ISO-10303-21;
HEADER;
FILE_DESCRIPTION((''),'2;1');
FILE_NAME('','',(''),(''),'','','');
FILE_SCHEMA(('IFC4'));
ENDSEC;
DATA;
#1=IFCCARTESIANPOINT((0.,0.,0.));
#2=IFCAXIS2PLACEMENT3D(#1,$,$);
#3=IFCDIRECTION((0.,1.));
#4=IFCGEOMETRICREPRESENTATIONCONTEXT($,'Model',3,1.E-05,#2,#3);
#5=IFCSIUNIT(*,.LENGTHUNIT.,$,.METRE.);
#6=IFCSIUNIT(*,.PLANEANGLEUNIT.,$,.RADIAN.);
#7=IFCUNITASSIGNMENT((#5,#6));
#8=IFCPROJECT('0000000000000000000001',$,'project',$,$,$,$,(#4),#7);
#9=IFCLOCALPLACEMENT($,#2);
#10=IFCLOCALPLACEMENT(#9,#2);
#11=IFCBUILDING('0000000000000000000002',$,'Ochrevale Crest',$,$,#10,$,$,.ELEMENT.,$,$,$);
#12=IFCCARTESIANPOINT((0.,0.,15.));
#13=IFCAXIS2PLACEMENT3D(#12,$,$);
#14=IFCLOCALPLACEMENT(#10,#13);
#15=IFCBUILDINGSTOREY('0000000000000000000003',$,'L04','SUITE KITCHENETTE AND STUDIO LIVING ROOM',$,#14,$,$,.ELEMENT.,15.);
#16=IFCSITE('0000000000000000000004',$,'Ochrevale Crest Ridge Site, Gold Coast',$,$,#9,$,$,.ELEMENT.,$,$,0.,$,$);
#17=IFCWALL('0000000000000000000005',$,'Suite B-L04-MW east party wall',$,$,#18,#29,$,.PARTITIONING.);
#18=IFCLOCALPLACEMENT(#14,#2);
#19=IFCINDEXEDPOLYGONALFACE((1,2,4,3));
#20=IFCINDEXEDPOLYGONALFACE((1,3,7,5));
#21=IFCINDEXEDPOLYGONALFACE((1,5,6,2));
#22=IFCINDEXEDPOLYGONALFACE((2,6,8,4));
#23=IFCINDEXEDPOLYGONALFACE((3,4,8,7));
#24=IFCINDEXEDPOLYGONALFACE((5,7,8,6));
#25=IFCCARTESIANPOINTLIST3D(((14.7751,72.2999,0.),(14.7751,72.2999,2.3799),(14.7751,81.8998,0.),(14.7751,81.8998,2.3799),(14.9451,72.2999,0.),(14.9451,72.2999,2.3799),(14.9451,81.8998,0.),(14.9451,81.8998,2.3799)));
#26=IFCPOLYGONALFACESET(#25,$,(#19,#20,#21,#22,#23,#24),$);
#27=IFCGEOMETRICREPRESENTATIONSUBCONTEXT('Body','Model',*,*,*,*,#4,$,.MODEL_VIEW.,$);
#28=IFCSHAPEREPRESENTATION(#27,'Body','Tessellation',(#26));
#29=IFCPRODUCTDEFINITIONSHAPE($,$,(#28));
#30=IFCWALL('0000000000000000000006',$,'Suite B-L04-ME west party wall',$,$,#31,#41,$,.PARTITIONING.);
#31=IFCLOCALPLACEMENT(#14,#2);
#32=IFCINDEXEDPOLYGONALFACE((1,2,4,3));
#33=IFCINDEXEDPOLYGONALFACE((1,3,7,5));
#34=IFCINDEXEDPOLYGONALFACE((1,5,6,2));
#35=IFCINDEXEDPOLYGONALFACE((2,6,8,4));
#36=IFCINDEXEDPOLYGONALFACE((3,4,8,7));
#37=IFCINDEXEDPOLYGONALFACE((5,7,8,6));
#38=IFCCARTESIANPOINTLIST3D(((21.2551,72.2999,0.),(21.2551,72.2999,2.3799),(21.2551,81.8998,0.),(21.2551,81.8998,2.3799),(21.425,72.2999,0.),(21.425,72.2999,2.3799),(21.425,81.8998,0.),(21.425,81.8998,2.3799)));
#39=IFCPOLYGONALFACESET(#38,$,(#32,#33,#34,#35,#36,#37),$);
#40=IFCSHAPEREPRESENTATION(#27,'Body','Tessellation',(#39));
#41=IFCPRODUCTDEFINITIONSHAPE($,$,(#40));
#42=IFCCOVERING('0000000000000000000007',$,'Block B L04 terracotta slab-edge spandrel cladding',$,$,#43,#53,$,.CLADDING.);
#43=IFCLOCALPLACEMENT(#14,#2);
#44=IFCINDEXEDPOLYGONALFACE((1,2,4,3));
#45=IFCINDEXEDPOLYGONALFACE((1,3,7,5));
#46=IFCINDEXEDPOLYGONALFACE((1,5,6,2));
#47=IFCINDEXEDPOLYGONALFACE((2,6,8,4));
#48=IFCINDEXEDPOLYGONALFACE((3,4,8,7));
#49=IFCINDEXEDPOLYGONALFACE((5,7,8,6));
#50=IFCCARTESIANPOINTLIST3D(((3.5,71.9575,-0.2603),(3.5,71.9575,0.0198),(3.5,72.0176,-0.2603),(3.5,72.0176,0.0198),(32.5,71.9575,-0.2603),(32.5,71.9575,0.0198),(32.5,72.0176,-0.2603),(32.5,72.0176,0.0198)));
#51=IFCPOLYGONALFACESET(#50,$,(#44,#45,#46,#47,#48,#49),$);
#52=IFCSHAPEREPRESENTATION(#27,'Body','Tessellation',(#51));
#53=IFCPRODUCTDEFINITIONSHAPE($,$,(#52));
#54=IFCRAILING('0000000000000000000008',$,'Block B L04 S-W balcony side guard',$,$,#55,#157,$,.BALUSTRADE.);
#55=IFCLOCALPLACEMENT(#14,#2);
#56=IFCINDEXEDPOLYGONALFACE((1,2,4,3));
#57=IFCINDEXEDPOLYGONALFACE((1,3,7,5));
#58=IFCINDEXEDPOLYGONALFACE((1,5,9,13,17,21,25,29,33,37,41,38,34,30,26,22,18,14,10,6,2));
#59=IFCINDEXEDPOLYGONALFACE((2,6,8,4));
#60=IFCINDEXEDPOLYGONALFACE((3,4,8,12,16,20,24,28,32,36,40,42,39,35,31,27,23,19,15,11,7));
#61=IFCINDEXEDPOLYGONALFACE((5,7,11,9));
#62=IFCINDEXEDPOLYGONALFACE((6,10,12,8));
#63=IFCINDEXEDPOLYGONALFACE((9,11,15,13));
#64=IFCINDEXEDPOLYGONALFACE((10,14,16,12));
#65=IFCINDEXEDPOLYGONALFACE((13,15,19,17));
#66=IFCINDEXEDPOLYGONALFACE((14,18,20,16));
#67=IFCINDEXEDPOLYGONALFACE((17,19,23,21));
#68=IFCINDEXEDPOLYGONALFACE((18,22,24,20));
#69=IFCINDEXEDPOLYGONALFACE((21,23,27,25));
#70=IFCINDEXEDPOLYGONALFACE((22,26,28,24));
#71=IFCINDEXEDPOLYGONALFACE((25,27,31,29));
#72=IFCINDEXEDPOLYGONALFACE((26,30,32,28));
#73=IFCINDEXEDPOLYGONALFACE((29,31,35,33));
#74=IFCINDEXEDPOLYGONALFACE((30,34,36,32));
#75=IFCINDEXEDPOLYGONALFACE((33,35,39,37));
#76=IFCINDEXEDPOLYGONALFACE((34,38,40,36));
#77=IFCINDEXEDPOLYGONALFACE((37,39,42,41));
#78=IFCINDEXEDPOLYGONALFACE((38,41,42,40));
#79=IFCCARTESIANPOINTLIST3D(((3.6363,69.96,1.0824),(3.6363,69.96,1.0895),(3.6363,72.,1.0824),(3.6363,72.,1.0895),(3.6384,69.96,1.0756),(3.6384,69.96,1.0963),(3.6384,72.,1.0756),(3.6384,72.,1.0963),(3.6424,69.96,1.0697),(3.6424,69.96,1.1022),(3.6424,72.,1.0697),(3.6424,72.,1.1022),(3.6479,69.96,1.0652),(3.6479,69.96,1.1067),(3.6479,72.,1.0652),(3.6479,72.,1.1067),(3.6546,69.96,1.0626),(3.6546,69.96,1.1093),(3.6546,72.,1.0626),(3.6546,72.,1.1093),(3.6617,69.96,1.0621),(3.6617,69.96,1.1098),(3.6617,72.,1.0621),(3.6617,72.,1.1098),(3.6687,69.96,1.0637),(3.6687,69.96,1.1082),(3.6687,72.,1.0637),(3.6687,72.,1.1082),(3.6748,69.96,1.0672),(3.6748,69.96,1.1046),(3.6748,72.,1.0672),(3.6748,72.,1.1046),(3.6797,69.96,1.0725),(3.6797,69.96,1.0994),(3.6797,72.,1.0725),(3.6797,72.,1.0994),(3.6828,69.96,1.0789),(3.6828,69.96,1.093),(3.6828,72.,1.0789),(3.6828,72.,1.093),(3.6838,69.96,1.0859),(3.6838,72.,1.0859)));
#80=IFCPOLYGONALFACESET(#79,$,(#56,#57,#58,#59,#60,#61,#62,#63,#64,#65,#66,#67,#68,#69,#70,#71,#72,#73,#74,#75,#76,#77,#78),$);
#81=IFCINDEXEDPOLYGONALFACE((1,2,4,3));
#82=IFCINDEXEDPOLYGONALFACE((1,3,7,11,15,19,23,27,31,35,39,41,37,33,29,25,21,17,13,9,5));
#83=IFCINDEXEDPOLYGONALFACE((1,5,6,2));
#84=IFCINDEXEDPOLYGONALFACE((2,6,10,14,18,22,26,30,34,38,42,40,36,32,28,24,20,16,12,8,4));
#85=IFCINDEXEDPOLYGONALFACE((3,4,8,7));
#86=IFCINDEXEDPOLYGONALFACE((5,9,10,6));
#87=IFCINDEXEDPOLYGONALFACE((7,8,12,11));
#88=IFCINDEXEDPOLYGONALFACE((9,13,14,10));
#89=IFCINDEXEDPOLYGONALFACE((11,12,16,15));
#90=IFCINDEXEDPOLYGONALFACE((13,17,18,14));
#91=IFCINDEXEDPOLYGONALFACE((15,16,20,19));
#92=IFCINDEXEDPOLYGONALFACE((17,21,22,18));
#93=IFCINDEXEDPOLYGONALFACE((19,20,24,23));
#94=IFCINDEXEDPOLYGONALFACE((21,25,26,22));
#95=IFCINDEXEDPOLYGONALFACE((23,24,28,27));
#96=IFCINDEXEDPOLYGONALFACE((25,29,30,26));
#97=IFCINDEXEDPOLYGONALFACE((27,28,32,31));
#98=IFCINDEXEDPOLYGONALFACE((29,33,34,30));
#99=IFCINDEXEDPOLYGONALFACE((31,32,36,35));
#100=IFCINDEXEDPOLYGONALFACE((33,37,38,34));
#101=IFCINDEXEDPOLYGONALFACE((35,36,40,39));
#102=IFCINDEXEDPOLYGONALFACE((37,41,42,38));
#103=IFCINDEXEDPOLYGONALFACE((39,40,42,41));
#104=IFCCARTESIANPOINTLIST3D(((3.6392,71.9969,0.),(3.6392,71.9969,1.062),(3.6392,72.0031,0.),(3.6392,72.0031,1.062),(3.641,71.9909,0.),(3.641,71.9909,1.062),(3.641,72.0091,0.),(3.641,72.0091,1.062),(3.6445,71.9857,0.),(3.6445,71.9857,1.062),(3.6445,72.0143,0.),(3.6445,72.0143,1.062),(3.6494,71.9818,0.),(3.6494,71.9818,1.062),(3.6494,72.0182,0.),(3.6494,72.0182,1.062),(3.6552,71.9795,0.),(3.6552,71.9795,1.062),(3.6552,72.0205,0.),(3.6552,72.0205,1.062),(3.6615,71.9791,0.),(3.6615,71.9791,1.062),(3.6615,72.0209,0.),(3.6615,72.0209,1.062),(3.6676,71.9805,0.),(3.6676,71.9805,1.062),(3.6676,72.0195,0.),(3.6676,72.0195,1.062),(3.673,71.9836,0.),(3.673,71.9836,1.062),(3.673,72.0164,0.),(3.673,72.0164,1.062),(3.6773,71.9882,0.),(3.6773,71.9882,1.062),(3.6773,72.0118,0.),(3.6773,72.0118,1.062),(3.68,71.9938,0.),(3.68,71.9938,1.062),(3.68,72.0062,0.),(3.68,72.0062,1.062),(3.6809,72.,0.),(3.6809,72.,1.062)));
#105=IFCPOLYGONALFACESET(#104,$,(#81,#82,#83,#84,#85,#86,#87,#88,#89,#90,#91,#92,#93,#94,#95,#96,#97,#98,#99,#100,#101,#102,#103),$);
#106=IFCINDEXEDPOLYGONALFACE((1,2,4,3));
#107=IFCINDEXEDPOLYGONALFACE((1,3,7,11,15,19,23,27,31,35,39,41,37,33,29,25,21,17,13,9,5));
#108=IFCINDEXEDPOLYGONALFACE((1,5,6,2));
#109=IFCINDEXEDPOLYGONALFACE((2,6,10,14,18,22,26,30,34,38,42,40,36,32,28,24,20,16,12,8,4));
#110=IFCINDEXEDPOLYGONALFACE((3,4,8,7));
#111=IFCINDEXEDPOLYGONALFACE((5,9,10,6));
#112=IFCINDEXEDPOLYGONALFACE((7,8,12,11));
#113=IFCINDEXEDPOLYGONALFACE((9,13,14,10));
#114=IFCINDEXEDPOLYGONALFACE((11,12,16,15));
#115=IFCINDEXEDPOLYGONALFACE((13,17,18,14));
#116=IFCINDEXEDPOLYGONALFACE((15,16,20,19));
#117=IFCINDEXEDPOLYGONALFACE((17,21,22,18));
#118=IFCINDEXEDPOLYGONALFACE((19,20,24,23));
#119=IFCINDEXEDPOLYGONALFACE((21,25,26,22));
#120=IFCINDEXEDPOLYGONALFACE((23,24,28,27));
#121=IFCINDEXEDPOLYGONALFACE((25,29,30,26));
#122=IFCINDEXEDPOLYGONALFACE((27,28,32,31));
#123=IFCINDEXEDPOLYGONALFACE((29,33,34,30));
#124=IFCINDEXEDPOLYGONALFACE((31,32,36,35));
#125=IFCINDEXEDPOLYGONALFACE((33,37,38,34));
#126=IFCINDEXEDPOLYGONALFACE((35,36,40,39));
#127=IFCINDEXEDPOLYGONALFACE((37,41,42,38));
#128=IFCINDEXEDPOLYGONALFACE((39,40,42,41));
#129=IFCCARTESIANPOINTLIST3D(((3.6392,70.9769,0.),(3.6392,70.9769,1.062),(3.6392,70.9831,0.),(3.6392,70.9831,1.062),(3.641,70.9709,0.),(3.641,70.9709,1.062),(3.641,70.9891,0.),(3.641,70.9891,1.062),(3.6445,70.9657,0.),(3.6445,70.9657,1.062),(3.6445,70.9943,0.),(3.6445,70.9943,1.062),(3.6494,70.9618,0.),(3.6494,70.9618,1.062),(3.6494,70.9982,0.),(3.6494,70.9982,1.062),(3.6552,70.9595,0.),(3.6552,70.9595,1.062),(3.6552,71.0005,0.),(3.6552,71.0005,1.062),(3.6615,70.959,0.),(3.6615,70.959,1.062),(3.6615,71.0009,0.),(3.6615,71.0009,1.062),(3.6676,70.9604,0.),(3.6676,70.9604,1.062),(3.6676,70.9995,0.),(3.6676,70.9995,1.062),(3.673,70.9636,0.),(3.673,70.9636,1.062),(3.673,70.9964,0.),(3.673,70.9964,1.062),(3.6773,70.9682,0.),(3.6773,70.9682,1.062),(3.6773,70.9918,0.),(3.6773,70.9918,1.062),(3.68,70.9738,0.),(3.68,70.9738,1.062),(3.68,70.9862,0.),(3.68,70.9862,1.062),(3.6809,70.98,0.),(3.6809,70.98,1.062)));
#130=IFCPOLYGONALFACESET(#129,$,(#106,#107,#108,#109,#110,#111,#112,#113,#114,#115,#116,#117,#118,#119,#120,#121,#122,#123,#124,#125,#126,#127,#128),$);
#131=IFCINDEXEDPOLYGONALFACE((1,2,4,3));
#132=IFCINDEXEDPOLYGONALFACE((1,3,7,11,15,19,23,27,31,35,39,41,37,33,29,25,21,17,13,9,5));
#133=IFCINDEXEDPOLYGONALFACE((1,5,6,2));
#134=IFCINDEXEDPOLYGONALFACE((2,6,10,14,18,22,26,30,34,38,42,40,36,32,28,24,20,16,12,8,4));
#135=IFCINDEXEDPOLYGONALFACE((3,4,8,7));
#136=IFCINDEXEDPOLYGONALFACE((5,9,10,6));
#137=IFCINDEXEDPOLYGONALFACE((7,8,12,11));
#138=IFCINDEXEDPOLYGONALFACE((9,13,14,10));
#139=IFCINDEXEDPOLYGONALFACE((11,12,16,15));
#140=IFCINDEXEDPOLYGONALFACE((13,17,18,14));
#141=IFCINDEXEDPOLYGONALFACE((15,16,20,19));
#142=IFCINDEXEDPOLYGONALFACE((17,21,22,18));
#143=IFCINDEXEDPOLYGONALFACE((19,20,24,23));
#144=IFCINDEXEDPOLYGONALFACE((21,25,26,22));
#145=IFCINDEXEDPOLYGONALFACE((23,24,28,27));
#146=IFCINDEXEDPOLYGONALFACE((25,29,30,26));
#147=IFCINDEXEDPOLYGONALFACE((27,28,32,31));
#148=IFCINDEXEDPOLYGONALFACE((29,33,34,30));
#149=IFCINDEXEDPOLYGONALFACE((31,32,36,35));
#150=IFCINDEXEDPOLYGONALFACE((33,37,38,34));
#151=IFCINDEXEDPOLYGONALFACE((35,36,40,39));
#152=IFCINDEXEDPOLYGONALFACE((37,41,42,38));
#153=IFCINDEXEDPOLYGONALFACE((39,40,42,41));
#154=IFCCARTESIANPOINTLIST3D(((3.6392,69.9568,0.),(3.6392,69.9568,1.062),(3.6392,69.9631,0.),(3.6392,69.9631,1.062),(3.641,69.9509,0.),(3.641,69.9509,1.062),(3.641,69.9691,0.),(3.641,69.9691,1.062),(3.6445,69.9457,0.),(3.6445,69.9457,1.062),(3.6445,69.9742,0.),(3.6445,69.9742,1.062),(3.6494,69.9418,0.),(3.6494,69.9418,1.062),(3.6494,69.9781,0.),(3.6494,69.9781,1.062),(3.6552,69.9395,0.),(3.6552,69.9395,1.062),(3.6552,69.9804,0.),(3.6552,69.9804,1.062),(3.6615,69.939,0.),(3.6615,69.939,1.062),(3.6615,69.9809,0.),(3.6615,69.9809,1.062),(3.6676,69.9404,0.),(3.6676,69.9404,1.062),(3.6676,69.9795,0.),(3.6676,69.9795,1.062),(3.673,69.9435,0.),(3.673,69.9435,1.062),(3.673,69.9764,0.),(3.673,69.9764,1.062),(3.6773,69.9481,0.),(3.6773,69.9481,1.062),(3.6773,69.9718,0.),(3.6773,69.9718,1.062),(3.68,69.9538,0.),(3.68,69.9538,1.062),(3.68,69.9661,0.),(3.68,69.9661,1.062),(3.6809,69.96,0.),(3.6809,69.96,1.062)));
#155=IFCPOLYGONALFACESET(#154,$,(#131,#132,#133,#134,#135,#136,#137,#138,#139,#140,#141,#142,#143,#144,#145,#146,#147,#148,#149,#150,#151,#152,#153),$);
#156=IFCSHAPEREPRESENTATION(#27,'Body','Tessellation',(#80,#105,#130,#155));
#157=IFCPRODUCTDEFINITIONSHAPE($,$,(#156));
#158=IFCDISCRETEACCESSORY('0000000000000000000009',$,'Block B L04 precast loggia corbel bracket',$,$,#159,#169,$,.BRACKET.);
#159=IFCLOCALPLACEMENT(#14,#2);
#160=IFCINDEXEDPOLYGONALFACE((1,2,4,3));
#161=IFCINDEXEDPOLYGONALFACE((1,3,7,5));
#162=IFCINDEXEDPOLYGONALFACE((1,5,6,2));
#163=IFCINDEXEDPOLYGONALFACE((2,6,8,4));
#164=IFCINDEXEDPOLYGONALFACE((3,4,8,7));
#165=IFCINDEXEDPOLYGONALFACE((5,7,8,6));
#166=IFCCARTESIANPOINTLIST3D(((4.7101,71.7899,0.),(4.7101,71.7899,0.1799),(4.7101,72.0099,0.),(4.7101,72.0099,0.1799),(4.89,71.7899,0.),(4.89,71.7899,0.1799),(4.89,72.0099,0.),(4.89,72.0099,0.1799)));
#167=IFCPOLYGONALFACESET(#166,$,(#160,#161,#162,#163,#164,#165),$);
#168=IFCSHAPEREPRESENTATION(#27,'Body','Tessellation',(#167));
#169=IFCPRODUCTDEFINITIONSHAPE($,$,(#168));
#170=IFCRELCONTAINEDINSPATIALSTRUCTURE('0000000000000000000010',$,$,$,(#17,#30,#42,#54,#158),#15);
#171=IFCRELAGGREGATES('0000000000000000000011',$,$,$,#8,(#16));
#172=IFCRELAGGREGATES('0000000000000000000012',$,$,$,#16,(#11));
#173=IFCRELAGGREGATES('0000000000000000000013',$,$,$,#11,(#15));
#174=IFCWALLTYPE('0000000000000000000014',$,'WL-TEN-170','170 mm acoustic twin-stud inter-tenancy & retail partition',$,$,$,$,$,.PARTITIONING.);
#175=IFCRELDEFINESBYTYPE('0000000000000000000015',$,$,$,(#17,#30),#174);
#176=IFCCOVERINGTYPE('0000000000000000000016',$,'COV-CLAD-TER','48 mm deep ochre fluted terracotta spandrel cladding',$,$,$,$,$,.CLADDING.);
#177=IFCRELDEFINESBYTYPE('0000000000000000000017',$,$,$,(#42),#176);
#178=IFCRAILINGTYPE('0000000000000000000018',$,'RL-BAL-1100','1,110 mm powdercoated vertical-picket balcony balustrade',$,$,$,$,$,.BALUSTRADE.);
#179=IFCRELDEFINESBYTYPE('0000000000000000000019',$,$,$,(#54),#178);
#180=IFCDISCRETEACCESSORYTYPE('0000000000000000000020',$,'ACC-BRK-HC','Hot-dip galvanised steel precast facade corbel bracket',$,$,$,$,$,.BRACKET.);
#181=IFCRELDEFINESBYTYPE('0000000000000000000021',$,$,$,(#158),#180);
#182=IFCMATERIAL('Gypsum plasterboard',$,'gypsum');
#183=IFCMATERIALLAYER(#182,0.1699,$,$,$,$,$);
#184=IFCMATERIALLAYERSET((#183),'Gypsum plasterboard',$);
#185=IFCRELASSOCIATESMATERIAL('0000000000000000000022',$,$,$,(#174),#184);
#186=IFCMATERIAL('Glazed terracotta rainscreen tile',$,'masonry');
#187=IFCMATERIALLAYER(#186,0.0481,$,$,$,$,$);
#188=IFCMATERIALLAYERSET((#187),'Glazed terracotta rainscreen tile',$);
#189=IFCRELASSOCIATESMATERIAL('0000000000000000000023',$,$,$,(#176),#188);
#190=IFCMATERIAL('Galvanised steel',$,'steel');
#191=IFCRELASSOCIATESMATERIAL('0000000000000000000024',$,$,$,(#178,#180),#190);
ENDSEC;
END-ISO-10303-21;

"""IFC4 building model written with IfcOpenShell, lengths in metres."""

from ifc_helpers import new_model, si_unit, direction, frame, frame_2d, origin, origin_2d, place, context, subcontext, project, spatial, rectangle, circle, extrude, material, layer, layer_set, type_object, element, save


model = new_model("IFC4")

# Units and contexts
model_context = context("Model", 3, precision=1e-05, world=origin(), true_north=direction((0.0, 1.0)))
body_context = subcontext(model_context, "Body", "Model", "MODEL_VIEW")
ifc_project = project(units=[si_unit("LENGTHUNIT", "METRE"), si_unit("PLANEANGLEUNIT", "RADIAN")], contexts=[model_context])

# Site, building, storey
site_placement = place(None, origin())
site = spatial("IfcSite", under=ifc_project, at=site_placement, Name="Ochrevale Crest Ridge Site, Gold Coast", CompositionType="ELEMENT", RefElevation=0.0)
building_placement = place(site_placement, origin())
building = spatial("IfcBuilding", under=site, at=building_placement, Name="Ochrevale Crest", CompositionType="ELEMENT")
storey_placement = place(building_placement, frame((0.0, 0.0, 15.0)))
storey = spatial("IfcBuildingStorey", under=building, at=storey_placement, Name="L04", Description="SUITE KITCHENETTE AND STUDIO LIVING ROOM", CompositionType="ELEMENT", Elevation=15.0)

# Walls
ifc_material_1 = material(Name="Gypsum plasterboard", Category="gypsum")
ifc_layer_1 = layer(ifc_material_1, 0.1699)
ifc_layer_set_1 = layer_set([ifc_layer_1], Name="Gypsum plasterboard")
wall_type_1 = type_object("IfcWallType", Name="WL-TEN-170", Description="170 mm acoustic twin-stud inter-tenancy & retail partition", PredefinedType="PARTITIONING", material=ifc_layer_set_1)
for number, where, z_axis, x_axis, name in (
    (1, (14.8601, 72.3, 0.0), (0.0, 0.0, 1.0), (0.0, 1.0, 0.0), "Suite B-L04-MW east party wall"),
    (2, (21.3401, 72.3, 0.0), (0.0, 0.0, 1.0), (0.0, 1.0, 0.0), "Suite B-L04-ME west party wall"),
):
    element("IfcWall", number, at=place(storey_placement, frame(where, z_axis=z_axis, x_axis=x_axis)), inside=storey, type_object=wall_type_1, Name=name, PredefinedType="PARTITIONING", context=body_context, shape_type="SweptSolid", body=[
        extrude(rectangle(XDim=9.5999, YDim=0.1699, at=frame_2d((4.7998, 0.0))), origin(), (0.0, 0.0, 1.0), 2.3799),
    ])

# Covering
ifc_material_2 = material(Name="Glazed terracotta rainscreen tile", Category="masonry")
ifc_layer_2 = layer(ifc_material_2, 0.0481)
ifc_layer_set_2 = layer_set([ifc_layer_2], Name="Glazed terracotta rainscreen tile")
covering_type = type_object("IfcCoveringType", Name="COV-CLAD-TER", Description="48 mm deep ochre fluted terracotta spandrel cladding", PredefinedType="CLADDING", material=ifc_layer_set_2)
covering_placement = place(storey_placement, frame((18.0, 71.9875, -0.2603), z_axis=(0.0, 0.0, 1.0), x_axis=(1.0, 0.0, 0.0)))
element("IfcCovering", 3, at=covering_placement, inside=storey, type_object=covering_type, Name="Block B L04 terracotta slab-edge spandrel cladding", PredefinedType="CLADDING", context=body_context, shape_type="SweptSolid", body=[
    extrude(rectangle(XDim=29.0, YDim=0.0601, at=origin_2d()), origin(), (0.0, 0.0, 1.0), 0.28),
])

# Railing
ifc_material_3 = material(Name="Galvanised steel", Category="steel")
railing_type = type_object("IfcRailingType", Name="RL-BAL-1100", Description="1,110 mm powdercoated vertical-picket balcony balustrade", PredefinedType="BALUSTRADE", material=ifc_material_3)
railing_placement = place(storey_placement, frame((3.6599, 72.0, 0.0)))
element("IfcRailing", 4, at=railing_placement, inside=storey, type_object=railing_type, Name="Block B L04 S-W balcony side guard", PredefinedType="BALUSTRADE", context=body_context, shape_type="SweptSolid", body=[
    extrude(circle(Radius=0.0239, at=origin_2d()), frame((0.0, 0.0, 1.0859), z_axis=(0.0, -1.0, 0.0), x_axis=(1.0, 0.0, 0.0)), (0.0, 0.0, 1.0), 2.04),
    extrude(circle(Radius=0.021, at=origin_2d()), origin(), (0.0, 0.0, 1.0), 1.062),
    extrude(circle(Radius=0.021, at=origin_2d()), frame((0.0, -1.02, 0.0)), (0.0, 0.0, 1.0), 1.062),
    extrude(circle(Radius=0.021, at=origin_2d()), frame((0.0, -2.04, 0.0)), (0.0, 0.0, 1.0), 1.062),
])

# Discrete accessory
discrete_accessory_type = type_object("IfcDiscreteAccessoryType", Name="ACC-BRK-HC", Description="Hot-dip galvanised steel precast facade corbel bracket", PredefinedType="BRACKET", material=ifc_material_3)
discrete_accessory_placement = place(storey_placement, frame((4.8, 71.8999, 0.0), z_axis=(0.0, 0.0, 1.0), x_axis=(1.0, 0.0, 0.0)))
element("IfcDiscreteAccessory", 5, at=discrete_accessory_placement, inside=storey, type_object=discrete_accessory_type, Name="Block B L04 precast loggia corbel bracket", PredefinedType="BRACKET", context=body_context, shape_type="SweptSolid", body=[
    extrude(rectangle(XDim=0.1799, YDim=0.22, at=origin_2d()), origin(), (0.0, 0.0, 1.0), 0.1799),
])

save(model, "model.ifc")
